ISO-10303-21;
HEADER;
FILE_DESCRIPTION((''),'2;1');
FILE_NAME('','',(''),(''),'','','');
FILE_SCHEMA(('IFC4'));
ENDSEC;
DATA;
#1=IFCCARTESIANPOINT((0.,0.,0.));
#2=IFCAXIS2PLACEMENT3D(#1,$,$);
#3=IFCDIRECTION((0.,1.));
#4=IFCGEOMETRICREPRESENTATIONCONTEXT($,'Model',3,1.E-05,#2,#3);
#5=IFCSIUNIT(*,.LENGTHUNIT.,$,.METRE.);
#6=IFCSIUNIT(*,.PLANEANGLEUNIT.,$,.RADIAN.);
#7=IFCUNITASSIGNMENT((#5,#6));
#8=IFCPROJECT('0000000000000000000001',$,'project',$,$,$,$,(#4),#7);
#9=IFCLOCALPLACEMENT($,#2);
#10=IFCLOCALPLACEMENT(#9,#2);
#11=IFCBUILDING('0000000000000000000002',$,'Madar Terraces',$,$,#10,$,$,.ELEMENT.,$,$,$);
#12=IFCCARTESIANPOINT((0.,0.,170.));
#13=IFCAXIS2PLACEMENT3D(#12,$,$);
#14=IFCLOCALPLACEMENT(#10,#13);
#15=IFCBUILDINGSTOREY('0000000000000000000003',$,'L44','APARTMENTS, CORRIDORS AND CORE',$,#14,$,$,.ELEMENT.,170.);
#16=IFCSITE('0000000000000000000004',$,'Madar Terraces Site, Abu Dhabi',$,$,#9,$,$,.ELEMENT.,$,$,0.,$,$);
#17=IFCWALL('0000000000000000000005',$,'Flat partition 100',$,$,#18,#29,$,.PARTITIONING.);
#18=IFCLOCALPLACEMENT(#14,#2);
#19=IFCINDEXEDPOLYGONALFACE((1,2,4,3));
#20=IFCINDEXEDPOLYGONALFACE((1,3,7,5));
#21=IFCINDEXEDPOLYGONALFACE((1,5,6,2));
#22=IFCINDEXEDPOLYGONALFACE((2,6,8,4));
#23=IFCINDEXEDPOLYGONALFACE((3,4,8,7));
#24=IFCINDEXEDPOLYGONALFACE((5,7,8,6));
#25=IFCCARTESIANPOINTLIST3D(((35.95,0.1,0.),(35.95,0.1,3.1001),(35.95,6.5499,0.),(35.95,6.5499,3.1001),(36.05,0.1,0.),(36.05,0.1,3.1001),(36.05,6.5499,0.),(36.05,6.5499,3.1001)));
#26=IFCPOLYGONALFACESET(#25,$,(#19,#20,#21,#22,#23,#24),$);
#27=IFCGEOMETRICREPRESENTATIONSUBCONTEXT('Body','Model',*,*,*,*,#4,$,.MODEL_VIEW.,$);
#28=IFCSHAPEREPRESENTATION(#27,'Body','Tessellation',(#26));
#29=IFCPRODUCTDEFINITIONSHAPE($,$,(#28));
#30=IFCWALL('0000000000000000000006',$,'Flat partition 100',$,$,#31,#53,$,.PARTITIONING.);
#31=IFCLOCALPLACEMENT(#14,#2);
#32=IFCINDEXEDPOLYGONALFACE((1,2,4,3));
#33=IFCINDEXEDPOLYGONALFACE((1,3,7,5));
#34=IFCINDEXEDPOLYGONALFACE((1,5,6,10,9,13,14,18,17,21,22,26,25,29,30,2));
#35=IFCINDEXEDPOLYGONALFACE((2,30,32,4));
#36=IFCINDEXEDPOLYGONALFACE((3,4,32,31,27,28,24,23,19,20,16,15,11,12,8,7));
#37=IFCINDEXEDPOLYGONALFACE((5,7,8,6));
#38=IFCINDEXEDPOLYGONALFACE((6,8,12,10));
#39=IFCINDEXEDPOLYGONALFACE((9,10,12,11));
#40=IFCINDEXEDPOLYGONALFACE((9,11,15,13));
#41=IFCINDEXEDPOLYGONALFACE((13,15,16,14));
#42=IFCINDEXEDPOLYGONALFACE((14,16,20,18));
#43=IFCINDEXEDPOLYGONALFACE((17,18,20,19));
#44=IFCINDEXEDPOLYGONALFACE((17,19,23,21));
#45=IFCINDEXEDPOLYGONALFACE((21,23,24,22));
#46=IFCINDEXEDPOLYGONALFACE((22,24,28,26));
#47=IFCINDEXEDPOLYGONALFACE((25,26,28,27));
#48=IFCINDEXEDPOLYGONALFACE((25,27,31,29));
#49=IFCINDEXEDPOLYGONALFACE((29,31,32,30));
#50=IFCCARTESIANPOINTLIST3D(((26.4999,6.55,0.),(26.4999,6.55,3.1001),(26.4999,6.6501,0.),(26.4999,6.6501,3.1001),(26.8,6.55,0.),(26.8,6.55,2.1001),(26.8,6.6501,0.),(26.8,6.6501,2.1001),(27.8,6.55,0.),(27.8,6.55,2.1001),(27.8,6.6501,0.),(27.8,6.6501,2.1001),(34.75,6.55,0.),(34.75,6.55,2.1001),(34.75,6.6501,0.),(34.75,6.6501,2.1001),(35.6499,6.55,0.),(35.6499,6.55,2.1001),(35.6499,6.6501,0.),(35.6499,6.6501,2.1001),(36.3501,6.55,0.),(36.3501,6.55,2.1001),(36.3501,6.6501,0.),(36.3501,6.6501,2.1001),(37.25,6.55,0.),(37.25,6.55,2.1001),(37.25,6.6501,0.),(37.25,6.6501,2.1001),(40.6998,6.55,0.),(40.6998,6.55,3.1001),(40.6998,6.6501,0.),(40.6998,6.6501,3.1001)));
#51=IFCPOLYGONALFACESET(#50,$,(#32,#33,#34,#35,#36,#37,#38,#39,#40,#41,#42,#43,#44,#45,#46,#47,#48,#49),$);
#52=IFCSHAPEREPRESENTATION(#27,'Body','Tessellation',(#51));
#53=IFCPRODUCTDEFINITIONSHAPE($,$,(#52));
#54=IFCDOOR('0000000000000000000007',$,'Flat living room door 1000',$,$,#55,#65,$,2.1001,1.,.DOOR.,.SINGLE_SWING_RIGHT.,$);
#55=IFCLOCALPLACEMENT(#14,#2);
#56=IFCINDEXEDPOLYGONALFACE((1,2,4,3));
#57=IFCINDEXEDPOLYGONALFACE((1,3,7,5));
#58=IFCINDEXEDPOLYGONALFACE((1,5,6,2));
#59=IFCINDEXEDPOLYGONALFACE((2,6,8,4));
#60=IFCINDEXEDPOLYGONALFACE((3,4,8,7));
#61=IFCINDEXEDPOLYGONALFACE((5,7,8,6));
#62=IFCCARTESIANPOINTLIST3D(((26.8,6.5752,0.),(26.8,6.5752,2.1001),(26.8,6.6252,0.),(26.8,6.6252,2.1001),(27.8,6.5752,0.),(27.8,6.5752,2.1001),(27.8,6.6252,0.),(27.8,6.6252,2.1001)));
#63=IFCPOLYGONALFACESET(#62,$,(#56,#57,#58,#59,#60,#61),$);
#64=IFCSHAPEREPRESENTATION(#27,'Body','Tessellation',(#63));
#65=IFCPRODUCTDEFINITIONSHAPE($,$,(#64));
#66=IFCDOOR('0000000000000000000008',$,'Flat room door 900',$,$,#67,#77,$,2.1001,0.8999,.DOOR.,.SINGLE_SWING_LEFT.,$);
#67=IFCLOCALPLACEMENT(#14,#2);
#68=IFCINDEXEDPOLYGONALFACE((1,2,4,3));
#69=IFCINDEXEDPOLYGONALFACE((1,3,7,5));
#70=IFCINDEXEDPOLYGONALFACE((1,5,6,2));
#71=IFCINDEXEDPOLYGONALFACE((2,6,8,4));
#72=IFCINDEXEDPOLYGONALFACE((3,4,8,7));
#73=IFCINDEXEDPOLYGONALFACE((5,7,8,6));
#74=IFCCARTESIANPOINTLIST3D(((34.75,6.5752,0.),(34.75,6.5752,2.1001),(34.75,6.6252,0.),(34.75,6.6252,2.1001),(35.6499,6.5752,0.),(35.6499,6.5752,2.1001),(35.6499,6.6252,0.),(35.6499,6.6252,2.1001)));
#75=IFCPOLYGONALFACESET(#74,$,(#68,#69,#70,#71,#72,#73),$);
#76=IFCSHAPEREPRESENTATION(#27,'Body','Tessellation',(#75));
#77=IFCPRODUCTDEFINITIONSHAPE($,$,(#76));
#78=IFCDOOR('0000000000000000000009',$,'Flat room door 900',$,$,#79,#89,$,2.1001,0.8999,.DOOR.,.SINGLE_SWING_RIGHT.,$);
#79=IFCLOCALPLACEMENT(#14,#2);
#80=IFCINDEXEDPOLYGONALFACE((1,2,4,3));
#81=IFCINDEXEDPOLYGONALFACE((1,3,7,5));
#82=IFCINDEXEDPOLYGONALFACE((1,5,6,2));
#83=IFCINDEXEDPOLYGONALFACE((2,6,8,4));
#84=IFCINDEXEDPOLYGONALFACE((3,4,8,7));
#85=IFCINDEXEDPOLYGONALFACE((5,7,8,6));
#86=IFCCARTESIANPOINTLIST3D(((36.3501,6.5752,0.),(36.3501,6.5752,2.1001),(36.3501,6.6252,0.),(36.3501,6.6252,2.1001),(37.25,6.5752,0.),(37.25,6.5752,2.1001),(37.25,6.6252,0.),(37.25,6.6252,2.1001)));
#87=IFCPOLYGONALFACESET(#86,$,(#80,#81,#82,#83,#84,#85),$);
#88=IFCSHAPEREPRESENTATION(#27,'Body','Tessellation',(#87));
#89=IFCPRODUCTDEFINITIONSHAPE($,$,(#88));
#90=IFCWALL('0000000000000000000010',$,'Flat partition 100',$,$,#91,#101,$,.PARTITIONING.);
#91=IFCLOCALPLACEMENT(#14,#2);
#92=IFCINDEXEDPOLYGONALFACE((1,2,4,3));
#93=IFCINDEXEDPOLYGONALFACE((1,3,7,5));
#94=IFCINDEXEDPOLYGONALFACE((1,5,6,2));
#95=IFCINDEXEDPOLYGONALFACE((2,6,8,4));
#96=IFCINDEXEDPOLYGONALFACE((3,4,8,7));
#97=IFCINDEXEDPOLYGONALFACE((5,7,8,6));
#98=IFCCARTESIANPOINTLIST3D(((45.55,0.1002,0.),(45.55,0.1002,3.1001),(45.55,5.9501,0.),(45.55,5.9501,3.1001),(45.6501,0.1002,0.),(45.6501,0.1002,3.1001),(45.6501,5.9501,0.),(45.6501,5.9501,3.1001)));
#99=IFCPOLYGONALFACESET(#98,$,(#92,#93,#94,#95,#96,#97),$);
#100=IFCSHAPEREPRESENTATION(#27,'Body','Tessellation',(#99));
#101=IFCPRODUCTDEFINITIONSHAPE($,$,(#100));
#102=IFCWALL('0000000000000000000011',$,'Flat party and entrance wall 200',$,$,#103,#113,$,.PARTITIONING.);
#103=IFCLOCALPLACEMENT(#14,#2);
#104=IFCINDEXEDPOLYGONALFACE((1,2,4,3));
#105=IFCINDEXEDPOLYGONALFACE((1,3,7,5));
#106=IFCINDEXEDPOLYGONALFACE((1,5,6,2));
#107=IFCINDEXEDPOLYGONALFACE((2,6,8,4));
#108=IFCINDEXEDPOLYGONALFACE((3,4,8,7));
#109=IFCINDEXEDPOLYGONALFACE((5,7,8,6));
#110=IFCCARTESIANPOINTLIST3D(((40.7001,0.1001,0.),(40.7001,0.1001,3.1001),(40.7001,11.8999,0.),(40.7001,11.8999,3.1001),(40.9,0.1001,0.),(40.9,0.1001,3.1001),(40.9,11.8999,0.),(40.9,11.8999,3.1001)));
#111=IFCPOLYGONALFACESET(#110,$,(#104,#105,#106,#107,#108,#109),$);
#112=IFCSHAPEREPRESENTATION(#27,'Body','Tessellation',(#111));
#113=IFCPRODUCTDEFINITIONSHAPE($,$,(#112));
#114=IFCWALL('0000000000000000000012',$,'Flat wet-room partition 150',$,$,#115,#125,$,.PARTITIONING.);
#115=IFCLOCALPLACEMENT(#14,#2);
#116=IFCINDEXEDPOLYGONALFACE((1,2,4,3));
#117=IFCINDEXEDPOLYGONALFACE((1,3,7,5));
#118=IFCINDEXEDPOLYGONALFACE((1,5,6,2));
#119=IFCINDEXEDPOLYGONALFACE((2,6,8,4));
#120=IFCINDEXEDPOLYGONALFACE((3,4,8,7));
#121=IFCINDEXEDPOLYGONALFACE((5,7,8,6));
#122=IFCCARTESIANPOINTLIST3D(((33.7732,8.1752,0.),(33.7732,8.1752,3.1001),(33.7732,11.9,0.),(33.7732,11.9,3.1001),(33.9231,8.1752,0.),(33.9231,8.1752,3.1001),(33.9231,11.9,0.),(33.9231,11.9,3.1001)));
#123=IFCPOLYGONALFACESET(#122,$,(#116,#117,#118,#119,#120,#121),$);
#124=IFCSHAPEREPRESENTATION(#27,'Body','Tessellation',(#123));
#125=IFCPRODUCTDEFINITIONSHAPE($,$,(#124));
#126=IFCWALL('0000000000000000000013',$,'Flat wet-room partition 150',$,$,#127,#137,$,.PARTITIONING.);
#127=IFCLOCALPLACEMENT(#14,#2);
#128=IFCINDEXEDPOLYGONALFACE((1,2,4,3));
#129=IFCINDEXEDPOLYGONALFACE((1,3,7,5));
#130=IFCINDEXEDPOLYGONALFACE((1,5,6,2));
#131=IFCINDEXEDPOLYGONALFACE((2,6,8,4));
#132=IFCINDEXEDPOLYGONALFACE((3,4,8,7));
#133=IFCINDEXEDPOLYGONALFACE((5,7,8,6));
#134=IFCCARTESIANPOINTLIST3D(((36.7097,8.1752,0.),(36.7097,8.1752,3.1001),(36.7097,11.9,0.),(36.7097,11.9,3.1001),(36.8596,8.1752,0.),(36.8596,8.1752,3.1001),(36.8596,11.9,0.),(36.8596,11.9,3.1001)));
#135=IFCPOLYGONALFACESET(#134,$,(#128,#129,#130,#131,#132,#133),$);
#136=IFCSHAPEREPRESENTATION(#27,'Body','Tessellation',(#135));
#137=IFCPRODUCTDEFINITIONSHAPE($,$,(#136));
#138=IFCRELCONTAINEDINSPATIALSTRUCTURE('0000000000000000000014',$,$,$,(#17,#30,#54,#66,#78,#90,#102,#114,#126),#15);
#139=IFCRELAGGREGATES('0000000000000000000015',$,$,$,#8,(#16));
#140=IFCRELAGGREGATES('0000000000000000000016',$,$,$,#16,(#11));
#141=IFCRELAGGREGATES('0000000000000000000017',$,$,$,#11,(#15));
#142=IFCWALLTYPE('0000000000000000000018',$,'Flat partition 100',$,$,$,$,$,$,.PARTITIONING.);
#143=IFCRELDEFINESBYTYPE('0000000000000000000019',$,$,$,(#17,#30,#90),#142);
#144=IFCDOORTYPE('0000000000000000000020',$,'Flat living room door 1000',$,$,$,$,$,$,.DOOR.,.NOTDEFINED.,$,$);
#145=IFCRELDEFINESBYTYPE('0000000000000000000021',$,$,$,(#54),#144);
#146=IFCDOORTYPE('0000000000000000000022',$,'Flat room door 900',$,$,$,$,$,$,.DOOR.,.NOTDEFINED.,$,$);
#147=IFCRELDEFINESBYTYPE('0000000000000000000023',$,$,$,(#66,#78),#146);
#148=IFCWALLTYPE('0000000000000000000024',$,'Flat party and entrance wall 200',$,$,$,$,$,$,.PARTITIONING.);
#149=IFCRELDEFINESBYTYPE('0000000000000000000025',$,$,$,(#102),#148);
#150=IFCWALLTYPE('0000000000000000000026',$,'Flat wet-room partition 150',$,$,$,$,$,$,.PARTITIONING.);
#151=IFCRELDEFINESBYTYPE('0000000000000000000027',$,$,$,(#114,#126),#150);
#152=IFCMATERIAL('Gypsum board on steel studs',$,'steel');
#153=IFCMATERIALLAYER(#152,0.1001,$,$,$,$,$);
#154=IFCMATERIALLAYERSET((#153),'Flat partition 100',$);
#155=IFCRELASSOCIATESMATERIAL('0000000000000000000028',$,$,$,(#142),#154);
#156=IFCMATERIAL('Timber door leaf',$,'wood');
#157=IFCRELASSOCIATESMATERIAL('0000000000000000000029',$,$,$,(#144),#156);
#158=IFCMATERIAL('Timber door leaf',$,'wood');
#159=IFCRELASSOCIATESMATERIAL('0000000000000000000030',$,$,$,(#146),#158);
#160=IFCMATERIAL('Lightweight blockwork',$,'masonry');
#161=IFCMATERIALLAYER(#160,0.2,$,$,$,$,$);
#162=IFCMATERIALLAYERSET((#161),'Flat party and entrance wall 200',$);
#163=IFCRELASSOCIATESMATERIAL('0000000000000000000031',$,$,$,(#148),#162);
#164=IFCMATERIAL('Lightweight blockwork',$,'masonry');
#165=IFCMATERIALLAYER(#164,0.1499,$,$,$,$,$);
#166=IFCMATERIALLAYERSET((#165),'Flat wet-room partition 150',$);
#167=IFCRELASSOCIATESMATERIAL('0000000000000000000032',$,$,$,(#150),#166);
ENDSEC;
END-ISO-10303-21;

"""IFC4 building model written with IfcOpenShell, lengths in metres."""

from ifc_helpers import new_model, si_unit, direction, frame, frame_2d, origin, place, context, subcontext, project, spatial, rectangle, extrude, material, layer, layer_set, type_object, element, fill, save


model = new_model("IFC4")

# Units and contexts
model_context = context("Model", 3, precision=1e-05, world=origin(), true_north=direction((0.0, 1.0)))
body_context = subcontext(model_context, "Body", "Model", "MODEL_VIEW")
ifc_project = project(units=[si_unit("LENGTHUNIT", "METRE"), si_unit("PLANEANGLEUNIT", "RADIAN")], contexts=[model_context])

# Site, building, storey
site_placement = place(None, origin())
site = spatial("IfcSite", under=ifc_project, at=site_placement, Name="Madar Terraces Site, Abu Dhabi", CompositionType="ELEMENT", RefElevation=0.0)
building_placement = place(site_placement, origin())
building = spatial("IfcBuilding", under=site, at=building_placement, Name="Madar Terraces", CompositionType="ELEMENT")
storey_placement = place(building_placement, frame((0.0, 0.0, 170.0)))
storey = spatial("IfcBuildingStorey", under=building, at=storey_placement, Name="L44", Description="APARTMENTS, CORRIDORS AND CORE", CompositionType="ELEMENT", Elevation=170.0)

# Wall
ifc_material_1 = material(Name="Gypsum board on steel studs", Category="steel")
ifc_layer_1 = layer(ifc_material_1, 0.1001)
ifc_layer_set_1 = layer_set([ifc_layer_1], Name="Flat partition 100")
wall_type_1 = type_object("IfcWallType", Name="Flat partition 100", PredefinedType="PARTITIONING", material=ifc_layer_set_1)
for number, where, z_axis, x_axis, name in (
    (1, (36.0, 6.55, 0.0), (0.0, 0.0, 1.0), (0.0, -1.0, 0.0), "Flat partition 100"),
):
    element("IfcWall", number, at=place(storey_placement, frame(where, z_axis=z_axis, x_axis=x_axis)), inside=storey, type_object=wall_type_1, Name=name, PredefinedType="PARTITIONING", context=body_context, shape_type="SweptSolid", body=[
        extrude(rectangle(XDim=6.45, YDim=0.1001, at=frame_2d((3.2251, 0.0))), origin(), (0.0, 0.0, 1.0), 3.1001),
    ])

# Wall, openings, doors
wall_1_placement = place(storey_placement, frame((40.7, 6.6001, 0.0), z_axis=(0.0, 0.0, 1.0), x_axis=(-1.0, 0.0, 0.0)))
wall_1 = element("IfcWall", 2, at=wall_1_placement, inside=storey, type_object=wall_type_1, Name="Flat partition 100", PredefinedType="PARTITIONING", context=body_context, shape_type="SweptSolid", body=[
    extrude(rectangle(XDim=14.2, YDim=0.1001, at=frame_2d((7.1001, 0.0))), origin(), (0.0, 0.0, 1.0), 3.1001),
])
opening_1_placement = place(wall_1_placement, frame((12.8999, 0.0, 0.0)))
opening_1 = element("IfcOpeningElement", 3, at=opening_1_placement, cuts=wall_1, PredefinedType="OPENING", context=body_context, shape_type="SweptSolid", body=[
    extrude(rectangle(XDim=1.0, YDim=2.1001, at=frame_2d((0.5, 1.05))), frame((0.0, 0.0601, 0.0), z_axis=(0.0, -1.0, 0.0), x_axis=(1.0, 0.0, 0.0)), (0.0, 0.0, 1.0), 0.1201),
])
opening_2_placement = place(wall_1_placement, frame((5.05, 0.0, 0.0)))
opening_2 = element("IfcOpeningElement", 4, at=opening_2_placement, cuts=wall_1, PredefinedType="OPENING", context=body_context, shape_type="SweptSolid", body=[
    extrude(rectangle(XDim=0.8999, YDim=2.1001, at=frame_2d((0.45, 1.05))), frame((0.0, 0.0601, 0.0), z_axis=(0.0, -1.0, 0.0), x_axis=(1.0, 0.0, 0.0)), (0.0, 0.0, 1.0), 0.1201),
])
opening_3_placement = place(wall_1_placement, frame((3.45, 0.0, 0.0)))
opening_3 = element("IfcOpeningElement", 5, at=opening_3_placement, cuts=wall_1, PredefinedType="OPENING", context=body_context, shape_type="SweptSolid", body=[
    extrude(rectangle(XDim=0.8999, YDim=2.1001, at=frame_2d((0.45, 1.05))), frame((0.0, 0.0601, 0.0), z_axis=(0.0, -1.0, 0.0), x_axis=(1.0, 0.0, 0.0)), (0.0, 0.0, 1.0), 0.1201),
])
ifc_material_2 = material(Name="Timber door leaf", Category="wood")
door_type_1 = type_object("IfcDoorType", Name="Flat living room door 1000", OperationType="NOTDEFINED", PredefinedType="DOOR", material=ifc_material_2)
door_1_placement = place(opening_1_placement, origin())
door_1 = element("IfcDoor", 6, at=door_1_placement, inside=storey, type_object=door_type_1, Name="Flat living room door 1000", OperationType="SINGLE_SWING_RIGHT", OverallHeight=2.1001, OverallWidth=1.0, PredefinedType="DOOR", context=body_context, shape_type="SweptSolid", body=[
    extrude(rectangle(XDim=1.0, YDim=2.1001, at=frame_2d((0.5, 1.05))), frame((0.0, 0.0249, 0.0), z_axis=(0.0, -1.0, 0.0), x_axis=(1.0, 0.0, 0.0)), (0.0, 0.0, 1.0), 0.05),
])
fill(opening_1, door_1)
ifc_material_3 = material(Name="Timber door leaf", Category="wood")
door_type_2 = type_object("IfcDoorType", Name="Flat room door 900", OperationType="NOTDEFINED", PredefinedType="DOOR", material=ifc_material_3)
door_2_placement = place(opening_2_placement, origin())
door_2 = element("IfcDoor", 7, at=door_2_placement, inside=storey, type_object=door_type_2, Name="Flat room door 900", OperationType="SINGLE_SWING_LEFT", OverallHeight=2.1001, OverallWidth=0.8999, PredefinedType="DOOR", context=body_context, shape_type="SweptSolid", body=[
    extrude(rectangle(XDim=0.8999, YDim=2.1001, at=frame_2d((0.45, 1.05))), frame((0.0, 0.0249, 0.0), z_axis=(0.0, -1.0, 0.0), x_axis=(1.0, 0.0, 0.0)), (0.0, 0.0, 1.0), 0.05),
])
fill(opening_2, door_2)
door_3_placement = place(opening_3_placement, origin())
door_3 = element("IfcDoor", 8, at=door_3_placement, inside=storey, type_object=door_type_2, Name="Flat room door 900", OperationType="SINGLE_SWING_RIGHT", OverallHeight=2.1001, OverallWidth=0.8999, PredefinedType="DOOR", context=body_context, shape_type="SweptSolid", body=[
    extrude(rectangle(XDim=0.8999, YDim=2.1001, at=frame_2d((0.45, 1.05))), frame((0.0, 0.0249, 0.0), z_axis=(0.0, -1.0, 0.0), x_axis=(1.0, 0.0, 0.0)), (0.0, 0.0, 1.0), 0.05),
])
fill(opening_3, door_3)

# Walls
wall_2_placement = place(storey_placement, frame((45.6001, 5.95, 0.0), z_axis=(0.0, 0.0, 1.0), x_axis=(0.0, -1.0, 0.0)))
element("IfcWall", 9, at=wall_2_placement, inside=storey, type_object=wall_type_1, Name="Flat partition 100", PredefinedType="PARTITIONING", context=body_context, shape_type="SweptSolid", body=[
    extrude(rectangle(XDim=5.8499, YDim=0.1001, at=frame_2d((2.9248, 0.0))), origin(), (0.0, 0.0, 1.0), 3.1001),
])
ifc_material_4 = material(Name="Lightweight blockwork", Category="masonry")
ifc_layer_2 = layer(ifc_material_4, 0.2)
ifc_layer_set_2 = layer_set([ifc_layer_2], Name="Flat party and entrance wall 200")
wall_type_2 = type_object("IfcWallType", Name="Flat party and entrance wall 200", PredefinedType="PARTITIONING", material=ifc_layer_set_2)
wall_3_placement = place(storey_placement, frame((40.8, 11.8999, 0.0), z_axis=(0.0, 0.0, 1.0), x_axis=(0.0, -1.0, 0.0)))
element("IfcWall", 10, at=wall_3_placement, inside=storey, type_object=wall_type_2, Name="Flat party and entrance wall 200", PredefinedType="PARTITIONING", context=body_context, shape_type="SweptSolid", body=[
    extrude(rectangle(XDim=11.7998, YDim=0.2, at=frame_2d((5.8999, 0.0))), origin(), (0.0, 0.0, 1.0), 3.1001),
])
ifc_material_5 = material(Name="Lightweight blockwork", Category="masonry")
ifc_layer_3 = layer(ifc_material_5, 0.1499)
ifc_layer_set_3 = layer_set([ifc_layer_3], Name="Flat wet-room partition 150")
wall_type_3 = type_object("IfcWallType", Name="Flat wet-room partition 150", PredefinedType="PARTITIONING", material=ifc_layer_set_3)
for number, where, z_axis, x_axis, name in (
    (11, (33.8481, 11.8999, 0.0), (0.0, 0.0, 1.0), (0.0, -1.0, 0.0), "Flat wet-room partition 150"),
    (12, (36.7847, 11.8999, 0.0), (0.0, 0.0, 1.0), (0.0, -1.0, 0.0), "Flat wet-room partition 150"),
):
    element("IfcWall", number, at=place(storey_placement, frame(where, z_axis=z_axis, x_axis=x_axis)), inside=storey, type_object=wall_type_3, Name=name, PredefinedType="PARTITIONING", context=body_context, shape_type="SweptSolid", body=[
        extrude(rectangle(XDim=3.7249, YDim=0.1499, at=frame_2d((1.8623, 0.0))), origin(), (0.0, 0.0, 1.0), 3.1001),
    ])

save(model, "model.ifc")
